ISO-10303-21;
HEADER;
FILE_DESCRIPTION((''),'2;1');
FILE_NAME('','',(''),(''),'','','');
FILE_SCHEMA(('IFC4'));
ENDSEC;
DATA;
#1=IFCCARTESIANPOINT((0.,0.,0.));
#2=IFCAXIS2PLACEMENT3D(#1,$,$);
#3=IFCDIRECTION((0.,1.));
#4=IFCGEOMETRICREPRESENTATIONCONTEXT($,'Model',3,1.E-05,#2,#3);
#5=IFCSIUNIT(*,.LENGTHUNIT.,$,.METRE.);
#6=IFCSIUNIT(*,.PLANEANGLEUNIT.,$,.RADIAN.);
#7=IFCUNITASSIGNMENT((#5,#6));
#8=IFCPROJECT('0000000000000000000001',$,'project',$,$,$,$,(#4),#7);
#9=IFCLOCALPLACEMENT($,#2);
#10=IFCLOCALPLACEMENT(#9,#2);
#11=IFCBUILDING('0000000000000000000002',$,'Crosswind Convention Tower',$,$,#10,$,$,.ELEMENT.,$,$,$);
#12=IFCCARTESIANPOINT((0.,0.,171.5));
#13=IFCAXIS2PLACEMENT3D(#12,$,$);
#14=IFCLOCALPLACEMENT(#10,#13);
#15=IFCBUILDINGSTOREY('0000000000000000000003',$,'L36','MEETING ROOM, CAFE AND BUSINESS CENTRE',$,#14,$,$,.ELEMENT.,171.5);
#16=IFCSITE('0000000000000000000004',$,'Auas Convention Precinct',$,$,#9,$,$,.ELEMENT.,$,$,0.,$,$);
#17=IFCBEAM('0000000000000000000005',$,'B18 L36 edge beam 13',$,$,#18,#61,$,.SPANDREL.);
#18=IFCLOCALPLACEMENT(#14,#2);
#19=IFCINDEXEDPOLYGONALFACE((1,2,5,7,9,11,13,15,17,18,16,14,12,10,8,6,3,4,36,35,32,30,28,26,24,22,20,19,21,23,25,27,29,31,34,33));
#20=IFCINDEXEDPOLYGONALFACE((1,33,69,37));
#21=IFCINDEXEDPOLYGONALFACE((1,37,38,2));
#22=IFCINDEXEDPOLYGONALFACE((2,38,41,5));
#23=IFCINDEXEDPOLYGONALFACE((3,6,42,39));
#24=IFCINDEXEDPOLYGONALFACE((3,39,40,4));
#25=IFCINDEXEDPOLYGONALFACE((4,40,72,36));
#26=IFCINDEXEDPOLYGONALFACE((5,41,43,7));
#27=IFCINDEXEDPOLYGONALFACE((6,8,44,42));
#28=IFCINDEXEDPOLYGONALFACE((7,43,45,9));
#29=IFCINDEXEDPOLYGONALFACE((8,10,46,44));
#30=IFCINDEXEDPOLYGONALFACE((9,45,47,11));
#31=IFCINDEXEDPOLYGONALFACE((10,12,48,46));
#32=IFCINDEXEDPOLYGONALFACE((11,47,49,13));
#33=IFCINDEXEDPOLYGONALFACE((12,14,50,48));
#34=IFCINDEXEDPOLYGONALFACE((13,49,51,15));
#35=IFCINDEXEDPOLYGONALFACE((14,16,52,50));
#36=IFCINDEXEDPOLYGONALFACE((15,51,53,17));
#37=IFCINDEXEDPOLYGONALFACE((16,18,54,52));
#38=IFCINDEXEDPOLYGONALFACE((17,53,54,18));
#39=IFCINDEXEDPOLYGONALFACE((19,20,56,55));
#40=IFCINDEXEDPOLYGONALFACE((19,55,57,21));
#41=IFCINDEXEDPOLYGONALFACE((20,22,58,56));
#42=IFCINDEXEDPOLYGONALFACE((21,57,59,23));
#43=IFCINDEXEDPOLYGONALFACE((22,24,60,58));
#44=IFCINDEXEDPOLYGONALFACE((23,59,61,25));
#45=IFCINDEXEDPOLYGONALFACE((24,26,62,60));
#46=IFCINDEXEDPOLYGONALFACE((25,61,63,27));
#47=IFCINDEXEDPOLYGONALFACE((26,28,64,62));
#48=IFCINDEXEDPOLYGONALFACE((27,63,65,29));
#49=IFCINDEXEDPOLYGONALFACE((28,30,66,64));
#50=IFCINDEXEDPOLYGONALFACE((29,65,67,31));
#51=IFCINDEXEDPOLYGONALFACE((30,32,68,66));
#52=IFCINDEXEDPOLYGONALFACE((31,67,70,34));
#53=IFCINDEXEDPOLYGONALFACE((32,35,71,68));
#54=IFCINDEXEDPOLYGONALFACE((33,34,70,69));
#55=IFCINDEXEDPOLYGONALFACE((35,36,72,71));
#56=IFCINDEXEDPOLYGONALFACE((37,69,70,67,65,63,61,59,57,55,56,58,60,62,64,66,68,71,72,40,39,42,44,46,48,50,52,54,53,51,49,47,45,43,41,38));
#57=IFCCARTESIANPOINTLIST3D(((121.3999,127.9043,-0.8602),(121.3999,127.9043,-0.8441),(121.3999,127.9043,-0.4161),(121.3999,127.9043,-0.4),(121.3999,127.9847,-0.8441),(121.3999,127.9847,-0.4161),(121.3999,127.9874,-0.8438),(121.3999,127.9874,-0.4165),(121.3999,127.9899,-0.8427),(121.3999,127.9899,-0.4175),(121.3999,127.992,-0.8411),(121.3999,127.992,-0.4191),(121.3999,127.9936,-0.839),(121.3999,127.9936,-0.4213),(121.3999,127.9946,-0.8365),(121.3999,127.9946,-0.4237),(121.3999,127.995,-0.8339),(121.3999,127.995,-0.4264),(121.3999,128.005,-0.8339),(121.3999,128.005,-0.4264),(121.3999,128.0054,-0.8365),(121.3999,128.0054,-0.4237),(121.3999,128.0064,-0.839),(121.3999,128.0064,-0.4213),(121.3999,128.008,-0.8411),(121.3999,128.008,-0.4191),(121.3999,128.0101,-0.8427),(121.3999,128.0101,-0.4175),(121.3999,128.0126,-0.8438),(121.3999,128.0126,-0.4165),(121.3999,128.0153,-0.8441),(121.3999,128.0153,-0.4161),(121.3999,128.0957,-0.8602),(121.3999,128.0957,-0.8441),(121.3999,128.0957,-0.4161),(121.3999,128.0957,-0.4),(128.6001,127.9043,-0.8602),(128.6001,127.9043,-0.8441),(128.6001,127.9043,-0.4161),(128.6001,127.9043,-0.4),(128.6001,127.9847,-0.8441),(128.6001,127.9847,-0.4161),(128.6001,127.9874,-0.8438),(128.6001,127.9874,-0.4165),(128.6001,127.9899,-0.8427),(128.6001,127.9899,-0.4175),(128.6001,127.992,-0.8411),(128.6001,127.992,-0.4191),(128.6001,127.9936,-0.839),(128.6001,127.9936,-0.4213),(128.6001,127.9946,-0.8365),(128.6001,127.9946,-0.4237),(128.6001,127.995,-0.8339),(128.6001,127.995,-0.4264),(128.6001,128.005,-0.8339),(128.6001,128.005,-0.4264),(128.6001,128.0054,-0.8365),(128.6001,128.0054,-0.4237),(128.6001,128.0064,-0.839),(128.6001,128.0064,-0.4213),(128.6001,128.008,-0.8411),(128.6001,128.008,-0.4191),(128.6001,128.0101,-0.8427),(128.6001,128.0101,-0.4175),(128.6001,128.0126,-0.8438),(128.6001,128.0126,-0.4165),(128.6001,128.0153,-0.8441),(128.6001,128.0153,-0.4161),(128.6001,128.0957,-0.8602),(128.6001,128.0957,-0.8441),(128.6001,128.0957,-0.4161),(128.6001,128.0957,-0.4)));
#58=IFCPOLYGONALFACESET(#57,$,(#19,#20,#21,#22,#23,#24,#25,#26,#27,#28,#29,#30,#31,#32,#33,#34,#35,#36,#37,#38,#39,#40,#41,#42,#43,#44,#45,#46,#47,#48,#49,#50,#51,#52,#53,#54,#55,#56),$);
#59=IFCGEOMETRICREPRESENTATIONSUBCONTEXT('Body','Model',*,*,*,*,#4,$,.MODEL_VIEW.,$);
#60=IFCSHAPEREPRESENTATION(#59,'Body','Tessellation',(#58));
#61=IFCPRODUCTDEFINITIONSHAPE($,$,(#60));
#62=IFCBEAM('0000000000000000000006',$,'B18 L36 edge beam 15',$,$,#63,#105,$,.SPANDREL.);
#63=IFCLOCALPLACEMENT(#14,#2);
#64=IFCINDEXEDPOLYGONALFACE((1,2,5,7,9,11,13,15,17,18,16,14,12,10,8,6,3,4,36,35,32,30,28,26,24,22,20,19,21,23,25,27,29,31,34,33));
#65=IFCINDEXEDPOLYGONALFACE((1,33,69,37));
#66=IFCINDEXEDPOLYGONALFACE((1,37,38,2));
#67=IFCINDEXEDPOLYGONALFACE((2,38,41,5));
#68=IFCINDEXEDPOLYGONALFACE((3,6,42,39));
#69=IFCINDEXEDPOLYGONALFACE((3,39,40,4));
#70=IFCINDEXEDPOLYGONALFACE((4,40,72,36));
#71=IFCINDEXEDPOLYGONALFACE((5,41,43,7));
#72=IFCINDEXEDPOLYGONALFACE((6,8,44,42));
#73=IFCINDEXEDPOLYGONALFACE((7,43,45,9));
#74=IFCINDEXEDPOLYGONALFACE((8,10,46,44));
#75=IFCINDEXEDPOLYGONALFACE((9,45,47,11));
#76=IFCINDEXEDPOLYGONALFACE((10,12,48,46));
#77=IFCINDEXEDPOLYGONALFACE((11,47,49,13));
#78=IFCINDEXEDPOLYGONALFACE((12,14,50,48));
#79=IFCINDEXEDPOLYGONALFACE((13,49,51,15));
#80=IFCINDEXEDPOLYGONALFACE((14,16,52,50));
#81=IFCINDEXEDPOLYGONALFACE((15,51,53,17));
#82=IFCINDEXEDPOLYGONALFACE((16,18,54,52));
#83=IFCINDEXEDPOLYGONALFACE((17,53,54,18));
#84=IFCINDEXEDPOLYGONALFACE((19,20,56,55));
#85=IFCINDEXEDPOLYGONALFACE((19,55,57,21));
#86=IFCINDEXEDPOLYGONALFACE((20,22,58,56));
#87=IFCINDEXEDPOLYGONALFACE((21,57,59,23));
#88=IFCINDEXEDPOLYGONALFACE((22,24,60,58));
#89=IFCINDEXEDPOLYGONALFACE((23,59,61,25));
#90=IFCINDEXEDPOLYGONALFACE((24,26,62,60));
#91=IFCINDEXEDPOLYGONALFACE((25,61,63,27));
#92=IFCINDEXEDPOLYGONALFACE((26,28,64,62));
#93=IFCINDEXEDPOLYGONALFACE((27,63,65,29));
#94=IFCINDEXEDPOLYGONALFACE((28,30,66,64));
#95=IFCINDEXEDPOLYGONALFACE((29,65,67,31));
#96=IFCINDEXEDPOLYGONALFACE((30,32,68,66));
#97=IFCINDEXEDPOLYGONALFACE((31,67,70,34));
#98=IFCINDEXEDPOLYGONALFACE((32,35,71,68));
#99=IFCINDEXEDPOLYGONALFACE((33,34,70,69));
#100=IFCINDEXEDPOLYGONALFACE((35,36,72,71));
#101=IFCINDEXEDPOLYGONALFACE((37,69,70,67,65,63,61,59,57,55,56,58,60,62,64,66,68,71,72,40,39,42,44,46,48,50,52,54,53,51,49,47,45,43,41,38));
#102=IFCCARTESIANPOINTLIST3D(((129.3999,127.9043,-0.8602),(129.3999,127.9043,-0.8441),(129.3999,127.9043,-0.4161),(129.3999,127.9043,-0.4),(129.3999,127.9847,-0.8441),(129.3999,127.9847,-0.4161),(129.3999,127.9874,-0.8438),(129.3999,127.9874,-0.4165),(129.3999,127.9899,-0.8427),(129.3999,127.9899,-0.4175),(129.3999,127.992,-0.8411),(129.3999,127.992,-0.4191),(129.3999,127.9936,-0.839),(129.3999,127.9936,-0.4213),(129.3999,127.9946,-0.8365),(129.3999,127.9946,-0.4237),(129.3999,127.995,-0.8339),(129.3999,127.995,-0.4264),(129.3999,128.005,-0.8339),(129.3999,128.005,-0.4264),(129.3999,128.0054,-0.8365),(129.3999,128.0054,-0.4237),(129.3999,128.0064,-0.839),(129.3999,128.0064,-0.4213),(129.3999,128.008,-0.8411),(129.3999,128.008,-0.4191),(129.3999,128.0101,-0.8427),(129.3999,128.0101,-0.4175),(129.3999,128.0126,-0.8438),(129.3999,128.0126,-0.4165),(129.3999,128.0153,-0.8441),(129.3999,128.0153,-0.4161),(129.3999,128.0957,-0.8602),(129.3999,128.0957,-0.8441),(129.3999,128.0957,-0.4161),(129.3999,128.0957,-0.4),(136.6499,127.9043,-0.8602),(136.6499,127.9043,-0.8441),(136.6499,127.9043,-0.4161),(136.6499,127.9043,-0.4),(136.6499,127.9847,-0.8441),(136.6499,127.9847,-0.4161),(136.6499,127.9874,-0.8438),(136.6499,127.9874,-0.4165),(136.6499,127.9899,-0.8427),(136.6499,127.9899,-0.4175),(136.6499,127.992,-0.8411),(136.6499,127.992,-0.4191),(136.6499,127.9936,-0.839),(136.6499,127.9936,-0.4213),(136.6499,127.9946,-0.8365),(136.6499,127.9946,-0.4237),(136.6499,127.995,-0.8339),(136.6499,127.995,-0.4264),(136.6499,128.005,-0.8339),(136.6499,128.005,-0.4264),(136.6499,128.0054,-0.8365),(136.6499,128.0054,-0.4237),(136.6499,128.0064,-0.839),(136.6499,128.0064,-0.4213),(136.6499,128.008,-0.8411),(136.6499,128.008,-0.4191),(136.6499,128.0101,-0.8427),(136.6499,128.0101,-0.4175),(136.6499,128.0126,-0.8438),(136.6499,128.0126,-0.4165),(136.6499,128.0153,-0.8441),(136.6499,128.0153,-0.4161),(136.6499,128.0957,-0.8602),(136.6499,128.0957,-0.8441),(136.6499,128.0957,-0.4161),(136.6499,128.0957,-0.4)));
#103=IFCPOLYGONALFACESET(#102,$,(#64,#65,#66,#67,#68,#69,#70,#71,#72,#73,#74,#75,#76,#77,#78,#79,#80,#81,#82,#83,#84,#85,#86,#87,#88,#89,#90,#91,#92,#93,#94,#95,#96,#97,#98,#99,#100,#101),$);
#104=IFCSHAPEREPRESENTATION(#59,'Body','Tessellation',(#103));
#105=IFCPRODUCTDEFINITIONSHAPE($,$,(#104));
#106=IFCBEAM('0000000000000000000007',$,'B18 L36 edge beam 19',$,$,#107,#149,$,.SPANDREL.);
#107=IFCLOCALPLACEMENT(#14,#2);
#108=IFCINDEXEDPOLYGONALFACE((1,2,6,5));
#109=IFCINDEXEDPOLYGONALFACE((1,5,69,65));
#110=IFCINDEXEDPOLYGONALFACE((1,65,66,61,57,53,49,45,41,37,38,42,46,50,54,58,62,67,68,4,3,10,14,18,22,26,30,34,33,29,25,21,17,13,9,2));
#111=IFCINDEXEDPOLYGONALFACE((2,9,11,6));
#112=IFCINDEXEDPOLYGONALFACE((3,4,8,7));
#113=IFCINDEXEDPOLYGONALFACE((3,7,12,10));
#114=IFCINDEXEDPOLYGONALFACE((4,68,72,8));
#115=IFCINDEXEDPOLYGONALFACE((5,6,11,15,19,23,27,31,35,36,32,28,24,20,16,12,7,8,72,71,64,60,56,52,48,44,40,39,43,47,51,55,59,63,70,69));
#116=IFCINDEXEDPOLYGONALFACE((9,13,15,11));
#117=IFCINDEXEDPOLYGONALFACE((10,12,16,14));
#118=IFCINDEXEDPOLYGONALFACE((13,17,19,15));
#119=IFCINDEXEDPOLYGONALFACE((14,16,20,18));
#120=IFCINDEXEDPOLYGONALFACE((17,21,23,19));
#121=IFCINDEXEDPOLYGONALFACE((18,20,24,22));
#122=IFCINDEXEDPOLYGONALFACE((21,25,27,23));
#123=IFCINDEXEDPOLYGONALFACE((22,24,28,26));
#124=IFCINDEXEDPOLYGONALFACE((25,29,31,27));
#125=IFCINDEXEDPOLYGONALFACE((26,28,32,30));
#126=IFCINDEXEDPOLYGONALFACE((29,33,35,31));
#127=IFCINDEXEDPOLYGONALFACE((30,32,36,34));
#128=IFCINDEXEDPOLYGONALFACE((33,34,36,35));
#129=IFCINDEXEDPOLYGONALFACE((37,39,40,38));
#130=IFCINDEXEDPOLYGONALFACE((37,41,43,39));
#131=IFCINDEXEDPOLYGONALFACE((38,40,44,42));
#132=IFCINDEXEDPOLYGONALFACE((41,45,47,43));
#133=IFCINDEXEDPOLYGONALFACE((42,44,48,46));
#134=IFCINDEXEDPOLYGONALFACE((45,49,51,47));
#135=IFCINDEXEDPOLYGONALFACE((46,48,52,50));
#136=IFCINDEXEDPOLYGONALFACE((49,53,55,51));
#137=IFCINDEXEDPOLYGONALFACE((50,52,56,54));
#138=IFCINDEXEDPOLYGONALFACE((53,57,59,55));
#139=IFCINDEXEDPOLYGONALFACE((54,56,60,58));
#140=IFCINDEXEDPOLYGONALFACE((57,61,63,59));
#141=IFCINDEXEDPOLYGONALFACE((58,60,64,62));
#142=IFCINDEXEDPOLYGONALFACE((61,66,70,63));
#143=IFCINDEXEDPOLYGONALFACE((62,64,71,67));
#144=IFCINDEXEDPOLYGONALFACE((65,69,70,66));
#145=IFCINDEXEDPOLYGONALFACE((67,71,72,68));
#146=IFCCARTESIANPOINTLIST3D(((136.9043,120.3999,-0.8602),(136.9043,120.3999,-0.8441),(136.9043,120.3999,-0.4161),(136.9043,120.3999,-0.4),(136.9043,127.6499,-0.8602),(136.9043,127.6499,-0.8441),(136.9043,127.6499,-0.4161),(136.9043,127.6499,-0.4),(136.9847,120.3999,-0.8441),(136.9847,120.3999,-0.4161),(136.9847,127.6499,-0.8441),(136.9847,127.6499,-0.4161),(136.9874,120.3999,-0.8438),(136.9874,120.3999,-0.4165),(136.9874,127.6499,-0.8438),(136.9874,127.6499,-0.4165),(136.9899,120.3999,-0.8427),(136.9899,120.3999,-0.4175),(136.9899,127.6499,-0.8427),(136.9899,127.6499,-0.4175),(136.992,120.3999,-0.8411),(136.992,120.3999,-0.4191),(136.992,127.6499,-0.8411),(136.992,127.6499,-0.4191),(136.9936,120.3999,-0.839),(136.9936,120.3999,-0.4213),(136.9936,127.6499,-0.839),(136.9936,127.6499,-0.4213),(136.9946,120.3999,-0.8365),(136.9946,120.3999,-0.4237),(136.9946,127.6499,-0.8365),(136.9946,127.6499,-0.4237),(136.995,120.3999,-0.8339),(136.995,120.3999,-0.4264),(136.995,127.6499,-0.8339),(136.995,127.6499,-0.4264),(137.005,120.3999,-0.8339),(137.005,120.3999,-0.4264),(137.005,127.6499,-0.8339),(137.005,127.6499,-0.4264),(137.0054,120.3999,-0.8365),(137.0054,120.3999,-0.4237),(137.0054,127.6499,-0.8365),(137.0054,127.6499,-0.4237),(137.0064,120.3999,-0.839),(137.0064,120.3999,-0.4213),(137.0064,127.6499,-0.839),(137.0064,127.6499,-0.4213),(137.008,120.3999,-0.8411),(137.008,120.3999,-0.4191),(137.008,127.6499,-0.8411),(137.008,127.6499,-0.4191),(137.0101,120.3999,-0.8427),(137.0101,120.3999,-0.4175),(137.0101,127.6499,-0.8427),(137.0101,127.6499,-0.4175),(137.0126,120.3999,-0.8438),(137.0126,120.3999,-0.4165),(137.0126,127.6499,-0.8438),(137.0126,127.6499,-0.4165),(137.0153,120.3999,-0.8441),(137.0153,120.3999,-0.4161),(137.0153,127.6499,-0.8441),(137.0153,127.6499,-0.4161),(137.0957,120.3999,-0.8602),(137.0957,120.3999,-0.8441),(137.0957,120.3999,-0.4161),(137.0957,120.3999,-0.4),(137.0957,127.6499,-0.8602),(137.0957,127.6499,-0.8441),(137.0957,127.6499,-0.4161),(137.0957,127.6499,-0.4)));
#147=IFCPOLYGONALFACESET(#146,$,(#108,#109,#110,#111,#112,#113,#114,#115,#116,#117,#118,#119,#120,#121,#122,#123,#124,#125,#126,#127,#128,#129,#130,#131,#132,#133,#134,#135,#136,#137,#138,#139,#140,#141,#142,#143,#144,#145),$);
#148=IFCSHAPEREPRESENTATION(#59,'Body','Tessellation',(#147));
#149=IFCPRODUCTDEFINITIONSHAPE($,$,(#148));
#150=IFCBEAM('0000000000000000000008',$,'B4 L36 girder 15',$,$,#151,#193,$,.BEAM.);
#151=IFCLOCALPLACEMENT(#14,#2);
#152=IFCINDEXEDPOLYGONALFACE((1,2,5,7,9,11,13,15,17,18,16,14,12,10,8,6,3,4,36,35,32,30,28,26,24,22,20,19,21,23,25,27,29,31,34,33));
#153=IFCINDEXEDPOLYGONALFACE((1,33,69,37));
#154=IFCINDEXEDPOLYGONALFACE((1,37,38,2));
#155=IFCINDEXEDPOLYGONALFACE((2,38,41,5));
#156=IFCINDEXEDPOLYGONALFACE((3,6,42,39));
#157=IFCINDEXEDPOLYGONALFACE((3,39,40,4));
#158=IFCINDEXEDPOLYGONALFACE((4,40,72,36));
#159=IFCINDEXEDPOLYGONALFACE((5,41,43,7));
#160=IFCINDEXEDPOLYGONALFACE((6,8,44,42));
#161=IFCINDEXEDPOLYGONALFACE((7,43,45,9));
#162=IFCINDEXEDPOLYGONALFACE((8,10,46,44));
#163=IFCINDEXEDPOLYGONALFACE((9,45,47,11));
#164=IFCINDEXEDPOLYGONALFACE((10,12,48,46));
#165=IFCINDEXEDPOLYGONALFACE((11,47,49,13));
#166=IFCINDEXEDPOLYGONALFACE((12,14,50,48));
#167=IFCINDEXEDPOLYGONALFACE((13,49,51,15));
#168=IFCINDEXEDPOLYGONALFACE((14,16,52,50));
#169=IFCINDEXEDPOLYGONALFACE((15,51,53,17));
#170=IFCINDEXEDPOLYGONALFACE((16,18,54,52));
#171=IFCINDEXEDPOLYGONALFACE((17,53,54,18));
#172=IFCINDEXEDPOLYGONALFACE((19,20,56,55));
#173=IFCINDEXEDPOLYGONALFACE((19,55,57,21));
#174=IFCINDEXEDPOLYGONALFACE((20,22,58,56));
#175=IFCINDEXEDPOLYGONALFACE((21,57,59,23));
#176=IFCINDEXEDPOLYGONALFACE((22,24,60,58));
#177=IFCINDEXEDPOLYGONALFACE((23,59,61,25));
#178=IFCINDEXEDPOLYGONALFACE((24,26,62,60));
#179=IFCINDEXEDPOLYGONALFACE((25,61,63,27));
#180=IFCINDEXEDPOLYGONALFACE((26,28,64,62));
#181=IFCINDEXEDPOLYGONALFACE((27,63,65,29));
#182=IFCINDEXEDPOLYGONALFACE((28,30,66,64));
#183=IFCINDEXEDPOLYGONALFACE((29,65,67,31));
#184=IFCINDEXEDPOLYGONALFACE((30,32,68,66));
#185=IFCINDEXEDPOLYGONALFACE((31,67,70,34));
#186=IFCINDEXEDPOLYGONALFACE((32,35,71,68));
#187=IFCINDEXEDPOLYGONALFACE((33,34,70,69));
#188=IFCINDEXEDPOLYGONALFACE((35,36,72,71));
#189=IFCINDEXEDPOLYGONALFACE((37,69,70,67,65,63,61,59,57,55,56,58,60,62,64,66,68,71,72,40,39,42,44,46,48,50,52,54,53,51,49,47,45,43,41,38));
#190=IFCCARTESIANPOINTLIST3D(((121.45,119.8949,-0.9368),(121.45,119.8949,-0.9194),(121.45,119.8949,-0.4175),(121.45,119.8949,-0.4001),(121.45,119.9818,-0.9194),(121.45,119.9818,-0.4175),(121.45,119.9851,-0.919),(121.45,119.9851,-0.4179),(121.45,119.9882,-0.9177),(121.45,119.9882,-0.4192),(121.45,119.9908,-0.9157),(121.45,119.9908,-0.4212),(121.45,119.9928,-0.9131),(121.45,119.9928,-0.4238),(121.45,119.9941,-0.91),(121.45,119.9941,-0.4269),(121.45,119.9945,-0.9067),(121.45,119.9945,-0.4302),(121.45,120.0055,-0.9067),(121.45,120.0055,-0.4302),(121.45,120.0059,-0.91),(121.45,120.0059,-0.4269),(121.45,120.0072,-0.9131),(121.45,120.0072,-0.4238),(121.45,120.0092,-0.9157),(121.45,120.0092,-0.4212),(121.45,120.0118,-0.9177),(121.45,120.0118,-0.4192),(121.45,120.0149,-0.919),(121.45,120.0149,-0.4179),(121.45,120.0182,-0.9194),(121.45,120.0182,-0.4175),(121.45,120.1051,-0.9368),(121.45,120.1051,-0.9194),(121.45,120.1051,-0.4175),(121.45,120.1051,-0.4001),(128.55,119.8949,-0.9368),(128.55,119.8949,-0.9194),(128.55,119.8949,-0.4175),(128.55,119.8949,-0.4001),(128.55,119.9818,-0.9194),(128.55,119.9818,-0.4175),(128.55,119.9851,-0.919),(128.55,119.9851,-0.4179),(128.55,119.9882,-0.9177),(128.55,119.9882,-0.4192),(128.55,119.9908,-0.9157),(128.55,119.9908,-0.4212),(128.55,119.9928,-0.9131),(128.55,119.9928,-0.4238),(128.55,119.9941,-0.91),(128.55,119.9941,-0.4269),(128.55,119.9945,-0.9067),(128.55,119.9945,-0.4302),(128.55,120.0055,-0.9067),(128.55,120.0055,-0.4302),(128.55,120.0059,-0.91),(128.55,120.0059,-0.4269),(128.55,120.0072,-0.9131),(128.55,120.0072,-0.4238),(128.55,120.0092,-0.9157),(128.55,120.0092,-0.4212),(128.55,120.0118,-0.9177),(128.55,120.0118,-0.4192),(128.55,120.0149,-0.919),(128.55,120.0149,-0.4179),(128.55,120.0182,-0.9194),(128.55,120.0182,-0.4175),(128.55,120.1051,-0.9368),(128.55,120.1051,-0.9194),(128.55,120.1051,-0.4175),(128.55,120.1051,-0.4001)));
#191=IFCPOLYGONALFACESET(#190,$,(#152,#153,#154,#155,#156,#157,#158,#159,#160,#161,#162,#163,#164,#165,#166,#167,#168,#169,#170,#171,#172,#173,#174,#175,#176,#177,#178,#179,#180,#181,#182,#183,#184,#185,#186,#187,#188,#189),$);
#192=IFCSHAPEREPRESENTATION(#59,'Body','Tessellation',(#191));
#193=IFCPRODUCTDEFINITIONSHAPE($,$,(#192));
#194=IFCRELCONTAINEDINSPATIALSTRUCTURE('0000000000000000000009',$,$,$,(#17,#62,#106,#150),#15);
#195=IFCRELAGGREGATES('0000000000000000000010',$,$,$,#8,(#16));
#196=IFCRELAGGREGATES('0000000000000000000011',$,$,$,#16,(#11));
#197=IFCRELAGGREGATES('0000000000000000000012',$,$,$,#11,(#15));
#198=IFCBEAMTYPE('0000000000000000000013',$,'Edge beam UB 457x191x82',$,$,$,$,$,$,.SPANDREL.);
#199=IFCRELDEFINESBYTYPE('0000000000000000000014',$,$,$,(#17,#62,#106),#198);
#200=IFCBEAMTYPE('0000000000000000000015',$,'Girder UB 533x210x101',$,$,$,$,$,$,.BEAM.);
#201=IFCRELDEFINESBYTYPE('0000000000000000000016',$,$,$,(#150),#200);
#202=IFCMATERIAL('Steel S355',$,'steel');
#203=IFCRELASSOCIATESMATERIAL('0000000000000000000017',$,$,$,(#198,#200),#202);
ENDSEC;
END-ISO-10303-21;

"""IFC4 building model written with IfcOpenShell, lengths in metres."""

from ifc_helpers import new_model, si_unit, direction, frame, origin, origin_2d, place, context, subcontext, project, spatial, i_section, extrude, material, material_profile, profile_set, type_object, element, save


model = new_model("IFC4")

# Units and contexts
model_context = context("Model", 3, precision=1e-05, world=origin(), true_north=direction((0.0, 1.0)))
body_context = subcontext(model_context, "Body", "Model", "MODEL_VIEW")
ifc_project = project(units=[si_unit("LENGTHUNIT", "METRE"), si_unit("PLANEANGLEUNIT", "RADIAN")], contexts=[model_context])

# Site, building, storey
site_placement = place(None, origin())
site = spatial("IfcSite", under=ifc_project, at=site_placement, Name="Auas Convention Precinct", CompositionType="ELEMENT", RefElevation=0.0)
building_placement = place(site_placement, origin())
building = spatial("IfcBuilding", under=site, at=building_placement, Name="Crosswind Convention Tower", CompositionType="ELEMENT")
storey_placement = place(building_placement, frame((0.0, 0.0, 171.5)))
storey = spatial("IfcBuildingStorey", under=building, at=storey_placement, Name="L36", Description="MEETING ROOM, CAFE AND BUSINESS CENTRE", CompositionType="ELEMENT", Elevation=171.5)

# Beams
ifc_material_1 = material(Name="Steel S355", Category="steel")
ifc_material_profile_1 = material_profile(ifc_material_1, i_section(OverallWidth=0.1914, OverallDepth=0.4602, WebThickness=0.01, FlangeThickness=0.0161, FilletRadius=0.0103, at=origin_2d()), Name="UB 457x191x82")
ifc_profile_set_1 = profile_set([ifc_material_profile_1], Name="Steel S355")
beam_type_1 = type_object("IfcBeamType", Name="Edge beam UB 457x191x82", PredefinedType="SPANDREL", material=ifc_profile_set_1)
beam_1_placement = place(storey_placement, frame((121.3999, 128.0, -0.6301), z_axis=(1.0, 0.0, 0.0), x_axis=(0.0, 1.0, 0.0)))
element("IfcBeam", 1, at=beam_1_placement, inside=storey, type_object=beam_type_1, Name="B18 L36 edge beam 13", PredefinedType="SPANDREL", context=body_context, shape_type="SweptSolid", body=[
    extrude(i_section(OverallWidth=0.1914, OverallDepth=0.4602, WebThickness=0.01, FlangeThickness=0.0161, FilletRadius=0.0103, at=origin_2d()), origin(), (0.0, 0.0, 1.0), 7.2002),
])
for number, where, z_axis, x_axis, name in (
    (2, (129.3999, 128.0, -0.6301), (1.0, 0.0, 0.0), (0.0, 1.0, 0.0), "B18 L36 edge beam 15"),
    (3, (137.0, 120.3999, -0.6301), (0.0, 1.0, 0.0), (-1.0, 0.0, 0.0), "B18 L36 edge beam 19"),
):
    element("IfcBeam", number, at=place(storey_placement, frame(where, z_axis=z_axis, x_axis=x_axis)), inside=storey, type_object=beam_type_1, Name=name, PredefinedType="SPANDREL", context=body_context, shape_type="SweptSolid", body=[
        extrude(i_section(OverallWidth=0.1914, OverallDepth=0.4602, WebThickness=0.01, FlangeThickness=0.0161, FilletRadius=0.0103, at=origin_2d()), origin(), (0.0, 0.0, 1.0), 7.25),
    ])
ifc_material_profile_2 = material_profile(ifc_material_1, i_section(OverallWidth=0.2102, OverallDepth=0.5366, WebThickness=0.011, FlangeThickness=0.0173, FilletRadius=0.0127, at=origin_2d()), Name="UB 533x210x101")
ifc_profile_set_2 = profile_set([ifc_material_profile_2], Name="Steel S355")
beam_type_2 = type_object("IfcBeamType", Name="Girder UB 533x210x101", PredefinedType="BEAM", material=ifc_profile_set_2)
for number, where, z_axis, x_axis, name in (
    (4, (121.45, 120.0, -0.6685), (1.0, 0.0, 0.0), (0.0, 1.0, 0.0), "B4 L36 girder 15"),
):
    element("IfcBeam", number, at=place(storey_placement, frame(where, z_axis=z_axis, x_axis=x_axis)), inside=storey, type_object=beam_type_2, Name=name, PredefinedType="BEAM", context=body_context, shape_type="SweptSolid", body=[
        extrude(i_section(OverallWidth=0.2102, OverallDepth=0.5366, WebThickness=0.011, FlangeThickness=0.0173, FilletRadius=0.0127, at=origin_2d()), origin(), (0.0, 0.0, 1.0), 7.1001),
    ])

save(model, "model.ifc")
